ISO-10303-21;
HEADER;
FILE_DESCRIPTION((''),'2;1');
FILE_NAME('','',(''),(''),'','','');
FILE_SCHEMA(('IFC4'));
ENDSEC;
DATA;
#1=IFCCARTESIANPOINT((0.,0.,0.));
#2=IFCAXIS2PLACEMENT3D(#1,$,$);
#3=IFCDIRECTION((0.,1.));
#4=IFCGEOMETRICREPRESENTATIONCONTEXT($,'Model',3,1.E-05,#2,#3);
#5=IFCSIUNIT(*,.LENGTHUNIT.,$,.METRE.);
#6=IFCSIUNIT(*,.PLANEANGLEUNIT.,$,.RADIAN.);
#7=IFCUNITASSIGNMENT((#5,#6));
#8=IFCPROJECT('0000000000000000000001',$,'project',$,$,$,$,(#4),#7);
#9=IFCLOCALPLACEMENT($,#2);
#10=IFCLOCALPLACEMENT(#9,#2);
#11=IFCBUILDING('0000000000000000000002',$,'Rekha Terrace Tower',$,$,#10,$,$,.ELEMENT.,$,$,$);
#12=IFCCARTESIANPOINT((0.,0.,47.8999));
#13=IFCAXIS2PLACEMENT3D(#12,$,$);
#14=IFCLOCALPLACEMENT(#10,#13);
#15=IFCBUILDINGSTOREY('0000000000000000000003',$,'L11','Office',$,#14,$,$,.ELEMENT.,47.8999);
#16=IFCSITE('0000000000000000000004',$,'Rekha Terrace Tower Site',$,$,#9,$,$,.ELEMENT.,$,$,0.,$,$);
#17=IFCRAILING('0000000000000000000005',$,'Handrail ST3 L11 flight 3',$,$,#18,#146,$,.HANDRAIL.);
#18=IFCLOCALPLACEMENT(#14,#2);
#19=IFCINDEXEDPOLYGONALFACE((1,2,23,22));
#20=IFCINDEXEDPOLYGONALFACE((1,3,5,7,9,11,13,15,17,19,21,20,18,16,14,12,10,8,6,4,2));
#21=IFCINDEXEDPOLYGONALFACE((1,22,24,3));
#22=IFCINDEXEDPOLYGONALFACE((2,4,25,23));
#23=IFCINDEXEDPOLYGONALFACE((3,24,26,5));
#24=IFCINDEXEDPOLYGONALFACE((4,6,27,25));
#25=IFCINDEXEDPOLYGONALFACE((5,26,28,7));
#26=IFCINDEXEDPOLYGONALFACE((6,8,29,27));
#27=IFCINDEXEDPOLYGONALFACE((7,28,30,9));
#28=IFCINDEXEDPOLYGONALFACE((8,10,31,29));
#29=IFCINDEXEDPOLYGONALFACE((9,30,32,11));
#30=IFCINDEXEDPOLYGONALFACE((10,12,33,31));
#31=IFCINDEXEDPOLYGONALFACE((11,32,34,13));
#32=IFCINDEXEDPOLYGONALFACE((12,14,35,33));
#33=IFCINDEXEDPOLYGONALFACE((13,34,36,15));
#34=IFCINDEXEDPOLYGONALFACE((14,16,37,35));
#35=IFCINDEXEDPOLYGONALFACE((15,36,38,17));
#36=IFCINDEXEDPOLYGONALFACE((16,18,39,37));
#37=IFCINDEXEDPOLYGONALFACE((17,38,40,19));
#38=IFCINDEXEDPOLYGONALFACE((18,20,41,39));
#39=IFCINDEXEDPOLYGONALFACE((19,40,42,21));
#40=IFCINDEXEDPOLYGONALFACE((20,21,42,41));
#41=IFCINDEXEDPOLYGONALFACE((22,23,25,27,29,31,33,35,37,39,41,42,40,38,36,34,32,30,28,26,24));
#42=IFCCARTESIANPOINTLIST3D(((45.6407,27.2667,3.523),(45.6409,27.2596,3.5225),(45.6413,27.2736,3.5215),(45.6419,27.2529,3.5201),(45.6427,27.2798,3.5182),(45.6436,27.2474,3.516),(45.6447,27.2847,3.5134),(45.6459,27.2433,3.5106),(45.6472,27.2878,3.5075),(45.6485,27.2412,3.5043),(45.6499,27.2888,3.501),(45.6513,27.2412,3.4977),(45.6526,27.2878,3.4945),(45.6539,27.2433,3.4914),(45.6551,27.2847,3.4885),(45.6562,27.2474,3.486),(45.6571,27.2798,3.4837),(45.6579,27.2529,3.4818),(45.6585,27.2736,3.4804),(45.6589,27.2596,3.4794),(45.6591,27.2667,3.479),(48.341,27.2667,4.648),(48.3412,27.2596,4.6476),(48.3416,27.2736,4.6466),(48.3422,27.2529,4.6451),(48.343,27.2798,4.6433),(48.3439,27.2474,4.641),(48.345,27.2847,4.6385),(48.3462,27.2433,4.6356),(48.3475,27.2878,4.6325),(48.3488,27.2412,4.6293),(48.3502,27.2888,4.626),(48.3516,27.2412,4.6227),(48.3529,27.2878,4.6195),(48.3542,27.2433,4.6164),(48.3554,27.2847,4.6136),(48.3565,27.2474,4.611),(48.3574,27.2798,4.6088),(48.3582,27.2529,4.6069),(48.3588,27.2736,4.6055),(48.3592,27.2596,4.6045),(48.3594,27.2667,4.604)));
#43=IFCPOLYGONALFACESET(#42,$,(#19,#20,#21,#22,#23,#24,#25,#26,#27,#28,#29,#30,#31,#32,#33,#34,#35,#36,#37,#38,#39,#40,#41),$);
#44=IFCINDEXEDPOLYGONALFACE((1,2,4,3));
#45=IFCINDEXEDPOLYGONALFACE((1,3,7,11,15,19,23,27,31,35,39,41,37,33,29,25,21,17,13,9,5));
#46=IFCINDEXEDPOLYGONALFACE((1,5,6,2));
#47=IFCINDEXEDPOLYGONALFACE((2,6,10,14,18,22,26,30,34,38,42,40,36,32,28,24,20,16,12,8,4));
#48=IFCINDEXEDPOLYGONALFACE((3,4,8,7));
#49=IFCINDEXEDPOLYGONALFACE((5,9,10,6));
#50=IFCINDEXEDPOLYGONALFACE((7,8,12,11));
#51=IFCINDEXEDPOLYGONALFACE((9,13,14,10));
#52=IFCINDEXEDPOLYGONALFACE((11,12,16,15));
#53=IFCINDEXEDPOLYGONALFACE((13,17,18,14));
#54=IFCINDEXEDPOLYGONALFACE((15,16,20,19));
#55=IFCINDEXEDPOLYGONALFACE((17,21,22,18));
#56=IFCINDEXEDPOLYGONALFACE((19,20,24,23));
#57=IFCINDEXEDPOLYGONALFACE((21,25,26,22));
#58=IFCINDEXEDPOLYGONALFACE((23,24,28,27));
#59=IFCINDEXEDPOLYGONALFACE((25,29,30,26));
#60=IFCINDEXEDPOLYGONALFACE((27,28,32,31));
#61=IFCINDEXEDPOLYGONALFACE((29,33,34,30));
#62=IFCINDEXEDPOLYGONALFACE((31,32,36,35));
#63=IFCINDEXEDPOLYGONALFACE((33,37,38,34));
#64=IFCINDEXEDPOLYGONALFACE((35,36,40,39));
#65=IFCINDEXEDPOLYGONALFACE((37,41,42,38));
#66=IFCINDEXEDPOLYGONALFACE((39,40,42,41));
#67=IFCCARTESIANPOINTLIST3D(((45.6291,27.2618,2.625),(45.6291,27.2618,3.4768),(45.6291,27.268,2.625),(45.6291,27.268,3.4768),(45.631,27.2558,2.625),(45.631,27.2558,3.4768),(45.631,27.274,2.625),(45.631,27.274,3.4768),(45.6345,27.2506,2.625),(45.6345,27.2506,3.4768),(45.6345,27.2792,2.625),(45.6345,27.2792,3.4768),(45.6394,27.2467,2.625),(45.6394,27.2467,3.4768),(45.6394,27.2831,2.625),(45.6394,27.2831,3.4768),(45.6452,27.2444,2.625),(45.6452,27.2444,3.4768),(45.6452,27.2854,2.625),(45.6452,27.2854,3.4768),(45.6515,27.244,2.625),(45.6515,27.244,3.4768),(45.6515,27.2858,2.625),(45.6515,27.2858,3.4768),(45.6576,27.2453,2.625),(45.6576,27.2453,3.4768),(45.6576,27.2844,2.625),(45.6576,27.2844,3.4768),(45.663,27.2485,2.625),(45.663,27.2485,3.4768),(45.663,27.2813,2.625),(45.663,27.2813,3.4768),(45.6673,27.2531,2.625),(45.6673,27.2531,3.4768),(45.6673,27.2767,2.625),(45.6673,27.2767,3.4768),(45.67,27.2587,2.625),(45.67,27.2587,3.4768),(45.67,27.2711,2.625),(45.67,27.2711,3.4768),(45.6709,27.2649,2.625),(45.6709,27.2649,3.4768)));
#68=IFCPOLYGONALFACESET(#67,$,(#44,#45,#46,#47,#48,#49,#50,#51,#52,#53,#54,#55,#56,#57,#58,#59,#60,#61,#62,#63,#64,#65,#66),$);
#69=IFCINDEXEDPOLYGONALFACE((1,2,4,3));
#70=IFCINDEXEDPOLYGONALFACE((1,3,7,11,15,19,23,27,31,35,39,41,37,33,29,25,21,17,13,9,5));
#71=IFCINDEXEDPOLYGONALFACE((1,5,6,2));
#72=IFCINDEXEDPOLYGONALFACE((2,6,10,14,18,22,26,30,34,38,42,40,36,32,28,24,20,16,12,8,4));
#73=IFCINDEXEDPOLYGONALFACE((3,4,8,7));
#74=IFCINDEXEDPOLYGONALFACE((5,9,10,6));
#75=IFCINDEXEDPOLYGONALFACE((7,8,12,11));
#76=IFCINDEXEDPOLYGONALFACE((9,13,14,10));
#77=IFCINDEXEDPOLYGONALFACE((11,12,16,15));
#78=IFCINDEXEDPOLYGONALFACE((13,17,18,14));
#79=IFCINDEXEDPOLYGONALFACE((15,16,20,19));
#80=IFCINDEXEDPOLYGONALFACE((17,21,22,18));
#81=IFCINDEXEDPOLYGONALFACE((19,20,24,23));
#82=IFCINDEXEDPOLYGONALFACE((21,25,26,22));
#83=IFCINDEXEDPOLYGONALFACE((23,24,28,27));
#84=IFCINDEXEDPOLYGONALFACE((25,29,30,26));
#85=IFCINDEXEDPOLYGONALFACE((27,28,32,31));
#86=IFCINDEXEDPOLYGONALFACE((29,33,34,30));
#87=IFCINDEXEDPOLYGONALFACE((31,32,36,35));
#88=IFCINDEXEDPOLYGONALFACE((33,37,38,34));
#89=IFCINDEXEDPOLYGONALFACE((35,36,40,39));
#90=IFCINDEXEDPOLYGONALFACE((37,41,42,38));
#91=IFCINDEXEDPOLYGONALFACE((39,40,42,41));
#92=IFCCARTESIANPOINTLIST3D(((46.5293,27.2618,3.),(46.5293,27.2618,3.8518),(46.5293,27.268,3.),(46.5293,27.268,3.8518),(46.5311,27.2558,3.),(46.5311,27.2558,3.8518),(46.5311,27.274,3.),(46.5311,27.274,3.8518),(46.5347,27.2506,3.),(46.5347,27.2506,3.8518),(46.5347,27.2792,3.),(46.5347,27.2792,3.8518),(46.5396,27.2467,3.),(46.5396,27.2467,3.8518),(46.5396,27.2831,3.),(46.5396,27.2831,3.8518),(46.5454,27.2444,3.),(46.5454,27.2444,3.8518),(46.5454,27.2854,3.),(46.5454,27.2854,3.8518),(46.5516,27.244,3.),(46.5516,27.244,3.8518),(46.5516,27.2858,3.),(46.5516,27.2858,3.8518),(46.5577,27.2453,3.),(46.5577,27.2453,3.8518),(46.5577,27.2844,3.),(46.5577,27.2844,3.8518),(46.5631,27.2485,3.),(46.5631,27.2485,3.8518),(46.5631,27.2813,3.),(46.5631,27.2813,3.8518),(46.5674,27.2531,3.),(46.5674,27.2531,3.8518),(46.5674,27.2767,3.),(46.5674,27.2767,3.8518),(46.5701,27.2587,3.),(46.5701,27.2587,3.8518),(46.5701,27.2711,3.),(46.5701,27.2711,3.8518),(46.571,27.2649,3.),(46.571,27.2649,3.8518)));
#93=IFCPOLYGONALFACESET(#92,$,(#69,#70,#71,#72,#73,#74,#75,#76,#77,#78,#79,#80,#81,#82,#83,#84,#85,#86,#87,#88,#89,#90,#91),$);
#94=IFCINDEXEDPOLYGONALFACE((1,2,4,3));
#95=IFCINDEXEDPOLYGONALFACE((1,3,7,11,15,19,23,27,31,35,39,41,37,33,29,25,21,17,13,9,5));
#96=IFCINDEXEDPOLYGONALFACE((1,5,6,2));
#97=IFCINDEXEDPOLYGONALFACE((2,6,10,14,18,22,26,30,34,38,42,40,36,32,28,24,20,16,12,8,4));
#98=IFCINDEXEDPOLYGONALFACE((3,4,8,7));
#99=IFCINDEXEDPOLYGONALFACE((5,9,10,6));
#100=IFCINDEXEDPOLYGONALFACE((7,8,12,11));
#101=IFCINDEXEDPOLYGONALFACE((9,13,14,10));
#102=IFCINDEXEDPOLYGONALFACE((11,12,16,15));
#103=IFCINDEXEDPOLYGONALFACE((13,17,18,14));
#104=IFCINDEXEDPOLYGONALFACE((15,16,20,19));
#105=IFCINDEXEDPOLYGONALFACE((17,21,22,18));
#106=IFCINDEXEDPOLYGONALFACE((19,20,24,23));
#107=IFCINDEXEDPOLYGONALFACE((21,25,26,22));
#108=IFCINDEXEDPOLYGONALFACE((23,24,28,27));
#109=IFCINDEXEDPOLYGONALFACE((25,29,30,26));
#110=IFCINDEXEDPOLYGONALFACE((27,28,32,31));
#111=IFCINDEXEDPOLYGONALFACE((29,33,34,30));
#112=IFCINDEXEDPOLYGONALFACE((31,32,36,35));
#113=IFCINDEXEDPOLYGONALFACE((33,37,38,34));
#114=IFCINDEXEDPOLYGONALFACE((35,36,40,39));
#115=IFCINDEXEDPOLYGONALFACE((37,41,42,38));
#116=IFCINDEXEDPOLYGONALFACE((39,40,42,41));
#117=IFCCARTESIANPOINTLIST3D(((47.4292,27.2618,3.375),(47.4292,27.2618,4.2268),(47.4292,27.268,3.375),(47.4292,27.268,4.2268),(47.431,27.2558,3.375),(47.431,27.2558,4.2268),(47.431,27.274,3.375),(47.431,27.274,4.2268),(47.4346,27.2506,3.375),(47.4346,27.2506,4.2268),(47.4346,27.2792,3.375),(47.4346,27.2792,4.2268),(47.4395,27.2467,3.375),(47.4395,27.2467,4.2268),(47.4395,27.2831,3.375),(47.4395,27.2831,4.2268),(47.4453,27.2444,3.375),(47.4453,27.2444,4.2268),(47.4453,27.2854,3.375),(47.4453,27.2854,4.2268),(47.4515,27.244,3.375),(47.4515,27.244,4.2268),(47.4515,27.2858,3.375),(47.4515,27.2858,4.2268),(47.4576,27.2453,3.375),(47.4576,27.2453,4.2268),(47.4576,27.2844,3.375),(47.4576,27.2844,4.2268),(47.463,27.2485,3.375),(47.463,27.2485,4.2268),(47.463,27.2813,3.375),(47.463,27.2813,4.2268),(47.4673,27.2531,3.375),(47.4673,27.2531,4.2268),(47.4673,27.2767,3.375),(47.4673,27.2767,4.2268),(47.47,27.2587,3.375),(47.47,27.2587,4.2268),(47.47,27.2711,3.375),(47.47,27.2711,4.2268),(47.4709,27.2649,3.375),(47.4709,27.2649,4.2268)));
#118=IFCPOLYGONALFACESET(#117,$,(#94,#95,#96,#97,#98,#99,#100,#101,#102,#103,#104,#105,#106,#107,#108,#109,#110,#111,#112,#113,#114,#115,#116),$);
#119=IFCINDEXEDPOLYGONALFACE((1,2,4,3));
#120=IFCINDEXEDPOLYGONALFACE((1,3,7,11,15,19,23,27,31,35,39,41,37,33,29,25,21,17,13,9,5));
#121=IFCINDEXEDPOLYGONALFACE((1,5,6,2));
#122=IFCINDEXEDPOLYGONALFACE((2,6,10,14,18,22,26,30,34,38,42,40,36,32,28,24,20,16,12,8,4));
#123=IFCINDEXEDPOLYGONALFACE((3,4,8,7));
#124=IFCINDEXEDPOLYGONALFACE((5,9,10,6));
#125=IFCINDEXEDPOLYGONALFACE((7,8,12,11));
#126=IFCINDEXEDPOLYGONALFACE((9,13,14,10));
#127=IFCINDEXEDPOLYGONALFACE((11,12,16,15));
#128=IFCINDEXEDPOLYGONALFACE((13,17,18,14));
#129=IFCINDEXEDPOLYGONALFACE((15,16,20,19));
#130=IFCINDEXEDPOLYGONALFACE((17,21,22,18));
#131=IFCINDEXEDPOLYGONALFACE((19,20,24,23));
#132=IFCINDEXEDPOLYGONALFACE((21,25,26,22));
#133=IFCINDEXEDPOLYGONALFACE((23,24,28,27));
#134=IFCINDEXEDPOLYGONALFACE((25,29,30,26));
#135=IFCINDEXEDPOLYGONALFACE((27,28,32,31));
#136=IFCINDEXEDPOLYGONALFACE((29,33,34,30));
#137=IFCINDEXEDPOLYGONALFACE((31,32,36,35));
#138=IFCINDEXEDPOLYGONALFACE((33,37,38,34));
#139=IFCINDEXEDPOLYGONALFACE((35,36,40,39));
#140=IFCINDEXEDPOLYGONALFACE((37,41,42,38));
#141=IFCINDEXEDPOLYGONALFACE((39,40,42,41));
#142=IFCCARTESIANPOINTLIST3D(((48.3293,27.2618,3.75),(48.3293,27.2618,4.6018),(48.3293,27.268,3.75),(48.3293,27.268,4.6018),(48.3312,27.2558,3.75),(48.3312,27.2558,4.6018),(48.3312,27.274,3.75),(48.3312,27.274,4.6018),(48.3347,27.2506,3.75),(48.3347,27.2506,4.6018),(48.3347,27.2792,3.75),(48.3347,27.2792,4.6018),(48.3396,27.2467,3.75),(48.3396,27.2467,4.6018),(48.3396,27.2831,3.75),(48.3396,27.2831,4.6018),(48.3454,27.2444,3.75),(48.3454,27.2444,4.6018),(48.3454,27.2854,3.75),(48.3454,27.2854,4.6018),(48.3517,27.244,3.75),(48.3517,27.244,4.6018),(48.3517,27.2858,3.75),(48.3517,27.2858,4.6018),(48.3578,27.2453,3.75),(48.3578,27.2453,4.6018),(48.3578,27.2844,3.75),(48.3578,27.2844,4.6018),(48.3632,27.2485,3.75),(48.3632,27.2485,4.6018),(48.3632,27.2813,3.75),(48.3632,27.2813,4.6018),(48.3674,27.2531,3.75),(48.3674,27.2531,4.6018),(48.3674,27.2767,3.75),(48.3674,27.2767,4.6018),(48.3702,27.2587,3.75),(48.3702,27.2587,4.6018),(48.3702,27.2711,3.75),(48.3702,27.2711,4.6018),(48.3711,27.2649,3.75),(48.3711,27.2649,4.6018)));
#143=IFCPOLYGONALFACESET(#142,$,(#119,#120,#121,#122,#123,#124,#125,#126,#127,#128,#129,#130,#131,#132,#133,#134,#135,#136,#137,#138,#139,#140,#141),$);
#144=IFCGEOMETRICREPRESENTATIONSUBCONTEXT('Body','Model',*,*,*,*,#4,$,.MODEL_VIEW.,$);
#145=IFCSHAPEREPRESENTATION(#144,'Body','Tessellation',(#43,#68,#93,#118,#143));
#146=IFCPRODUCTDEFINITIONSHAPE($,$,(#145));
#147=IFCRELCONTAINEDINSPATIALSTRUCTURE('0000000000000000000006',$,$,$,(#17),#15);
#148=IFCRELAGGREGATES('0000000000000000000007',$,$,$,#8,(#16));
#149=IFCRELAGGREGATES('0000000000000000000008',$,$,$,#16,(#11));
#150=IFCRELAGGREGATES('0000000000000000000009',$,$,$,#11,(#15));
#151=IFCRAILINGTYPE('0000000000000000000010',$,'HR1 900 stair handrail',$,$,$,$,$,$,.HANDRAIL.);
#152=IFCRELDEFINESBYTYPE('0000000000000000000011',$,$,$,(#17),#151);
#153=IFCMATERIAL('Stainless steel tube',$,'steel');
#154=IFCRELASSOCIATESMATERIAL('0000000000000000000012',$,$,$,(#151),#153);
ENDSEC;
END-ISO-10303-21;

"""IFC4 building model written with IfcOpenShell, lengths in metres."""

from ifc_helpers import new_model, si_unit, direction, frame, origin, origin_2d, place, context, subcontext, project, spatial, circle, extrude, material, type_object, element, save


model = new_model("IFC4")

# Units and contexts
model_context = context("Model", 3, precision=1e-05, world=origin(), true_north=direction((0.0, 1.0)))
body_context = subcontext(model_context, "Body", "Model", "MODEL_VIEW")
ifc_project = project(units=[si_unit("LENGTHUNIT", "METRE"), si_unit("PLANEANGLEUNIT", "RADIAN")], contexts=[model_context])

# Site, building, storey
site_placement = place(None, origin())
site = spatial("IfcSite", under=ifc_project, at=site_placement, Name="Rekha Terrace Tower Site", CompositionType="ELEMENT", RefElevation=0.0)
building_placement = place(site_placement, origin())
building = spatial("IfcBuilding", under=site, at=building_placement, Name="Rekha Terrace Tower", CompositionType="ELEMENT")
storey_placement = place(building_placement, frame((0.0, 0.0, 47.8999)))
storey = spatial("IfcBuildingStorey", under=building, at=storey_placement, Name="L11", Description="Office", CompositionType="ELEMENT", Elevation=47.8999)

# Railing
ifc_material_1 = material(Name="Stainless steel tube", Category="steel")
railing_type_1 = type_object("IfcRailingType", Name="HR1 900 stair handrail", PredefinedType="HANDRAIL", material=ifc_material_1)
railing_1_placement = place(storey_placement, frame((45.6499, 27.2649, 2.625)))
element("IfcRailing", 1, at=railing_1_placement, inside=storey, type_object=railing_type_1, Name="Handrail ST3 L11 flight 3", PredefinedType="HANDRAIL", context=body_context, shape_type="SweptSolid", body=[
    extrude(circle(Radius=0.0239, at=origin_2d()), frame((0.0, 0.0, 0.876), z_axis=(0.923087, 0.0, 0.384592), x_axis=(0.0, 1.0, 0.0)), (0.0, 0.0, 1.0), 2.9253),
    extrude(circle(Radius=0.021, at=origin_2d()), origin(), (0.0, 0.0, 1.0), 0.8518),
    extrude(circle(Radius=0.021, at=origin_2d()), frame((0.9001, 0.0, 0.375)), (0.0, 0.0, 1.0), 0.8518),
    extrude(circle(Radius=0.021, at=origin_2d()), frame((1.8, 0.0, 0.75)), (0.0, 0.0, 1.0), 0.8518),
    extrude(circle(Radius=0.021, at=origin_2d()), frame((2.7002, 0.0, 1.125)), (0.0, 0.0, 1.0), 0.8518),
])

save(model, "model.ifc")
